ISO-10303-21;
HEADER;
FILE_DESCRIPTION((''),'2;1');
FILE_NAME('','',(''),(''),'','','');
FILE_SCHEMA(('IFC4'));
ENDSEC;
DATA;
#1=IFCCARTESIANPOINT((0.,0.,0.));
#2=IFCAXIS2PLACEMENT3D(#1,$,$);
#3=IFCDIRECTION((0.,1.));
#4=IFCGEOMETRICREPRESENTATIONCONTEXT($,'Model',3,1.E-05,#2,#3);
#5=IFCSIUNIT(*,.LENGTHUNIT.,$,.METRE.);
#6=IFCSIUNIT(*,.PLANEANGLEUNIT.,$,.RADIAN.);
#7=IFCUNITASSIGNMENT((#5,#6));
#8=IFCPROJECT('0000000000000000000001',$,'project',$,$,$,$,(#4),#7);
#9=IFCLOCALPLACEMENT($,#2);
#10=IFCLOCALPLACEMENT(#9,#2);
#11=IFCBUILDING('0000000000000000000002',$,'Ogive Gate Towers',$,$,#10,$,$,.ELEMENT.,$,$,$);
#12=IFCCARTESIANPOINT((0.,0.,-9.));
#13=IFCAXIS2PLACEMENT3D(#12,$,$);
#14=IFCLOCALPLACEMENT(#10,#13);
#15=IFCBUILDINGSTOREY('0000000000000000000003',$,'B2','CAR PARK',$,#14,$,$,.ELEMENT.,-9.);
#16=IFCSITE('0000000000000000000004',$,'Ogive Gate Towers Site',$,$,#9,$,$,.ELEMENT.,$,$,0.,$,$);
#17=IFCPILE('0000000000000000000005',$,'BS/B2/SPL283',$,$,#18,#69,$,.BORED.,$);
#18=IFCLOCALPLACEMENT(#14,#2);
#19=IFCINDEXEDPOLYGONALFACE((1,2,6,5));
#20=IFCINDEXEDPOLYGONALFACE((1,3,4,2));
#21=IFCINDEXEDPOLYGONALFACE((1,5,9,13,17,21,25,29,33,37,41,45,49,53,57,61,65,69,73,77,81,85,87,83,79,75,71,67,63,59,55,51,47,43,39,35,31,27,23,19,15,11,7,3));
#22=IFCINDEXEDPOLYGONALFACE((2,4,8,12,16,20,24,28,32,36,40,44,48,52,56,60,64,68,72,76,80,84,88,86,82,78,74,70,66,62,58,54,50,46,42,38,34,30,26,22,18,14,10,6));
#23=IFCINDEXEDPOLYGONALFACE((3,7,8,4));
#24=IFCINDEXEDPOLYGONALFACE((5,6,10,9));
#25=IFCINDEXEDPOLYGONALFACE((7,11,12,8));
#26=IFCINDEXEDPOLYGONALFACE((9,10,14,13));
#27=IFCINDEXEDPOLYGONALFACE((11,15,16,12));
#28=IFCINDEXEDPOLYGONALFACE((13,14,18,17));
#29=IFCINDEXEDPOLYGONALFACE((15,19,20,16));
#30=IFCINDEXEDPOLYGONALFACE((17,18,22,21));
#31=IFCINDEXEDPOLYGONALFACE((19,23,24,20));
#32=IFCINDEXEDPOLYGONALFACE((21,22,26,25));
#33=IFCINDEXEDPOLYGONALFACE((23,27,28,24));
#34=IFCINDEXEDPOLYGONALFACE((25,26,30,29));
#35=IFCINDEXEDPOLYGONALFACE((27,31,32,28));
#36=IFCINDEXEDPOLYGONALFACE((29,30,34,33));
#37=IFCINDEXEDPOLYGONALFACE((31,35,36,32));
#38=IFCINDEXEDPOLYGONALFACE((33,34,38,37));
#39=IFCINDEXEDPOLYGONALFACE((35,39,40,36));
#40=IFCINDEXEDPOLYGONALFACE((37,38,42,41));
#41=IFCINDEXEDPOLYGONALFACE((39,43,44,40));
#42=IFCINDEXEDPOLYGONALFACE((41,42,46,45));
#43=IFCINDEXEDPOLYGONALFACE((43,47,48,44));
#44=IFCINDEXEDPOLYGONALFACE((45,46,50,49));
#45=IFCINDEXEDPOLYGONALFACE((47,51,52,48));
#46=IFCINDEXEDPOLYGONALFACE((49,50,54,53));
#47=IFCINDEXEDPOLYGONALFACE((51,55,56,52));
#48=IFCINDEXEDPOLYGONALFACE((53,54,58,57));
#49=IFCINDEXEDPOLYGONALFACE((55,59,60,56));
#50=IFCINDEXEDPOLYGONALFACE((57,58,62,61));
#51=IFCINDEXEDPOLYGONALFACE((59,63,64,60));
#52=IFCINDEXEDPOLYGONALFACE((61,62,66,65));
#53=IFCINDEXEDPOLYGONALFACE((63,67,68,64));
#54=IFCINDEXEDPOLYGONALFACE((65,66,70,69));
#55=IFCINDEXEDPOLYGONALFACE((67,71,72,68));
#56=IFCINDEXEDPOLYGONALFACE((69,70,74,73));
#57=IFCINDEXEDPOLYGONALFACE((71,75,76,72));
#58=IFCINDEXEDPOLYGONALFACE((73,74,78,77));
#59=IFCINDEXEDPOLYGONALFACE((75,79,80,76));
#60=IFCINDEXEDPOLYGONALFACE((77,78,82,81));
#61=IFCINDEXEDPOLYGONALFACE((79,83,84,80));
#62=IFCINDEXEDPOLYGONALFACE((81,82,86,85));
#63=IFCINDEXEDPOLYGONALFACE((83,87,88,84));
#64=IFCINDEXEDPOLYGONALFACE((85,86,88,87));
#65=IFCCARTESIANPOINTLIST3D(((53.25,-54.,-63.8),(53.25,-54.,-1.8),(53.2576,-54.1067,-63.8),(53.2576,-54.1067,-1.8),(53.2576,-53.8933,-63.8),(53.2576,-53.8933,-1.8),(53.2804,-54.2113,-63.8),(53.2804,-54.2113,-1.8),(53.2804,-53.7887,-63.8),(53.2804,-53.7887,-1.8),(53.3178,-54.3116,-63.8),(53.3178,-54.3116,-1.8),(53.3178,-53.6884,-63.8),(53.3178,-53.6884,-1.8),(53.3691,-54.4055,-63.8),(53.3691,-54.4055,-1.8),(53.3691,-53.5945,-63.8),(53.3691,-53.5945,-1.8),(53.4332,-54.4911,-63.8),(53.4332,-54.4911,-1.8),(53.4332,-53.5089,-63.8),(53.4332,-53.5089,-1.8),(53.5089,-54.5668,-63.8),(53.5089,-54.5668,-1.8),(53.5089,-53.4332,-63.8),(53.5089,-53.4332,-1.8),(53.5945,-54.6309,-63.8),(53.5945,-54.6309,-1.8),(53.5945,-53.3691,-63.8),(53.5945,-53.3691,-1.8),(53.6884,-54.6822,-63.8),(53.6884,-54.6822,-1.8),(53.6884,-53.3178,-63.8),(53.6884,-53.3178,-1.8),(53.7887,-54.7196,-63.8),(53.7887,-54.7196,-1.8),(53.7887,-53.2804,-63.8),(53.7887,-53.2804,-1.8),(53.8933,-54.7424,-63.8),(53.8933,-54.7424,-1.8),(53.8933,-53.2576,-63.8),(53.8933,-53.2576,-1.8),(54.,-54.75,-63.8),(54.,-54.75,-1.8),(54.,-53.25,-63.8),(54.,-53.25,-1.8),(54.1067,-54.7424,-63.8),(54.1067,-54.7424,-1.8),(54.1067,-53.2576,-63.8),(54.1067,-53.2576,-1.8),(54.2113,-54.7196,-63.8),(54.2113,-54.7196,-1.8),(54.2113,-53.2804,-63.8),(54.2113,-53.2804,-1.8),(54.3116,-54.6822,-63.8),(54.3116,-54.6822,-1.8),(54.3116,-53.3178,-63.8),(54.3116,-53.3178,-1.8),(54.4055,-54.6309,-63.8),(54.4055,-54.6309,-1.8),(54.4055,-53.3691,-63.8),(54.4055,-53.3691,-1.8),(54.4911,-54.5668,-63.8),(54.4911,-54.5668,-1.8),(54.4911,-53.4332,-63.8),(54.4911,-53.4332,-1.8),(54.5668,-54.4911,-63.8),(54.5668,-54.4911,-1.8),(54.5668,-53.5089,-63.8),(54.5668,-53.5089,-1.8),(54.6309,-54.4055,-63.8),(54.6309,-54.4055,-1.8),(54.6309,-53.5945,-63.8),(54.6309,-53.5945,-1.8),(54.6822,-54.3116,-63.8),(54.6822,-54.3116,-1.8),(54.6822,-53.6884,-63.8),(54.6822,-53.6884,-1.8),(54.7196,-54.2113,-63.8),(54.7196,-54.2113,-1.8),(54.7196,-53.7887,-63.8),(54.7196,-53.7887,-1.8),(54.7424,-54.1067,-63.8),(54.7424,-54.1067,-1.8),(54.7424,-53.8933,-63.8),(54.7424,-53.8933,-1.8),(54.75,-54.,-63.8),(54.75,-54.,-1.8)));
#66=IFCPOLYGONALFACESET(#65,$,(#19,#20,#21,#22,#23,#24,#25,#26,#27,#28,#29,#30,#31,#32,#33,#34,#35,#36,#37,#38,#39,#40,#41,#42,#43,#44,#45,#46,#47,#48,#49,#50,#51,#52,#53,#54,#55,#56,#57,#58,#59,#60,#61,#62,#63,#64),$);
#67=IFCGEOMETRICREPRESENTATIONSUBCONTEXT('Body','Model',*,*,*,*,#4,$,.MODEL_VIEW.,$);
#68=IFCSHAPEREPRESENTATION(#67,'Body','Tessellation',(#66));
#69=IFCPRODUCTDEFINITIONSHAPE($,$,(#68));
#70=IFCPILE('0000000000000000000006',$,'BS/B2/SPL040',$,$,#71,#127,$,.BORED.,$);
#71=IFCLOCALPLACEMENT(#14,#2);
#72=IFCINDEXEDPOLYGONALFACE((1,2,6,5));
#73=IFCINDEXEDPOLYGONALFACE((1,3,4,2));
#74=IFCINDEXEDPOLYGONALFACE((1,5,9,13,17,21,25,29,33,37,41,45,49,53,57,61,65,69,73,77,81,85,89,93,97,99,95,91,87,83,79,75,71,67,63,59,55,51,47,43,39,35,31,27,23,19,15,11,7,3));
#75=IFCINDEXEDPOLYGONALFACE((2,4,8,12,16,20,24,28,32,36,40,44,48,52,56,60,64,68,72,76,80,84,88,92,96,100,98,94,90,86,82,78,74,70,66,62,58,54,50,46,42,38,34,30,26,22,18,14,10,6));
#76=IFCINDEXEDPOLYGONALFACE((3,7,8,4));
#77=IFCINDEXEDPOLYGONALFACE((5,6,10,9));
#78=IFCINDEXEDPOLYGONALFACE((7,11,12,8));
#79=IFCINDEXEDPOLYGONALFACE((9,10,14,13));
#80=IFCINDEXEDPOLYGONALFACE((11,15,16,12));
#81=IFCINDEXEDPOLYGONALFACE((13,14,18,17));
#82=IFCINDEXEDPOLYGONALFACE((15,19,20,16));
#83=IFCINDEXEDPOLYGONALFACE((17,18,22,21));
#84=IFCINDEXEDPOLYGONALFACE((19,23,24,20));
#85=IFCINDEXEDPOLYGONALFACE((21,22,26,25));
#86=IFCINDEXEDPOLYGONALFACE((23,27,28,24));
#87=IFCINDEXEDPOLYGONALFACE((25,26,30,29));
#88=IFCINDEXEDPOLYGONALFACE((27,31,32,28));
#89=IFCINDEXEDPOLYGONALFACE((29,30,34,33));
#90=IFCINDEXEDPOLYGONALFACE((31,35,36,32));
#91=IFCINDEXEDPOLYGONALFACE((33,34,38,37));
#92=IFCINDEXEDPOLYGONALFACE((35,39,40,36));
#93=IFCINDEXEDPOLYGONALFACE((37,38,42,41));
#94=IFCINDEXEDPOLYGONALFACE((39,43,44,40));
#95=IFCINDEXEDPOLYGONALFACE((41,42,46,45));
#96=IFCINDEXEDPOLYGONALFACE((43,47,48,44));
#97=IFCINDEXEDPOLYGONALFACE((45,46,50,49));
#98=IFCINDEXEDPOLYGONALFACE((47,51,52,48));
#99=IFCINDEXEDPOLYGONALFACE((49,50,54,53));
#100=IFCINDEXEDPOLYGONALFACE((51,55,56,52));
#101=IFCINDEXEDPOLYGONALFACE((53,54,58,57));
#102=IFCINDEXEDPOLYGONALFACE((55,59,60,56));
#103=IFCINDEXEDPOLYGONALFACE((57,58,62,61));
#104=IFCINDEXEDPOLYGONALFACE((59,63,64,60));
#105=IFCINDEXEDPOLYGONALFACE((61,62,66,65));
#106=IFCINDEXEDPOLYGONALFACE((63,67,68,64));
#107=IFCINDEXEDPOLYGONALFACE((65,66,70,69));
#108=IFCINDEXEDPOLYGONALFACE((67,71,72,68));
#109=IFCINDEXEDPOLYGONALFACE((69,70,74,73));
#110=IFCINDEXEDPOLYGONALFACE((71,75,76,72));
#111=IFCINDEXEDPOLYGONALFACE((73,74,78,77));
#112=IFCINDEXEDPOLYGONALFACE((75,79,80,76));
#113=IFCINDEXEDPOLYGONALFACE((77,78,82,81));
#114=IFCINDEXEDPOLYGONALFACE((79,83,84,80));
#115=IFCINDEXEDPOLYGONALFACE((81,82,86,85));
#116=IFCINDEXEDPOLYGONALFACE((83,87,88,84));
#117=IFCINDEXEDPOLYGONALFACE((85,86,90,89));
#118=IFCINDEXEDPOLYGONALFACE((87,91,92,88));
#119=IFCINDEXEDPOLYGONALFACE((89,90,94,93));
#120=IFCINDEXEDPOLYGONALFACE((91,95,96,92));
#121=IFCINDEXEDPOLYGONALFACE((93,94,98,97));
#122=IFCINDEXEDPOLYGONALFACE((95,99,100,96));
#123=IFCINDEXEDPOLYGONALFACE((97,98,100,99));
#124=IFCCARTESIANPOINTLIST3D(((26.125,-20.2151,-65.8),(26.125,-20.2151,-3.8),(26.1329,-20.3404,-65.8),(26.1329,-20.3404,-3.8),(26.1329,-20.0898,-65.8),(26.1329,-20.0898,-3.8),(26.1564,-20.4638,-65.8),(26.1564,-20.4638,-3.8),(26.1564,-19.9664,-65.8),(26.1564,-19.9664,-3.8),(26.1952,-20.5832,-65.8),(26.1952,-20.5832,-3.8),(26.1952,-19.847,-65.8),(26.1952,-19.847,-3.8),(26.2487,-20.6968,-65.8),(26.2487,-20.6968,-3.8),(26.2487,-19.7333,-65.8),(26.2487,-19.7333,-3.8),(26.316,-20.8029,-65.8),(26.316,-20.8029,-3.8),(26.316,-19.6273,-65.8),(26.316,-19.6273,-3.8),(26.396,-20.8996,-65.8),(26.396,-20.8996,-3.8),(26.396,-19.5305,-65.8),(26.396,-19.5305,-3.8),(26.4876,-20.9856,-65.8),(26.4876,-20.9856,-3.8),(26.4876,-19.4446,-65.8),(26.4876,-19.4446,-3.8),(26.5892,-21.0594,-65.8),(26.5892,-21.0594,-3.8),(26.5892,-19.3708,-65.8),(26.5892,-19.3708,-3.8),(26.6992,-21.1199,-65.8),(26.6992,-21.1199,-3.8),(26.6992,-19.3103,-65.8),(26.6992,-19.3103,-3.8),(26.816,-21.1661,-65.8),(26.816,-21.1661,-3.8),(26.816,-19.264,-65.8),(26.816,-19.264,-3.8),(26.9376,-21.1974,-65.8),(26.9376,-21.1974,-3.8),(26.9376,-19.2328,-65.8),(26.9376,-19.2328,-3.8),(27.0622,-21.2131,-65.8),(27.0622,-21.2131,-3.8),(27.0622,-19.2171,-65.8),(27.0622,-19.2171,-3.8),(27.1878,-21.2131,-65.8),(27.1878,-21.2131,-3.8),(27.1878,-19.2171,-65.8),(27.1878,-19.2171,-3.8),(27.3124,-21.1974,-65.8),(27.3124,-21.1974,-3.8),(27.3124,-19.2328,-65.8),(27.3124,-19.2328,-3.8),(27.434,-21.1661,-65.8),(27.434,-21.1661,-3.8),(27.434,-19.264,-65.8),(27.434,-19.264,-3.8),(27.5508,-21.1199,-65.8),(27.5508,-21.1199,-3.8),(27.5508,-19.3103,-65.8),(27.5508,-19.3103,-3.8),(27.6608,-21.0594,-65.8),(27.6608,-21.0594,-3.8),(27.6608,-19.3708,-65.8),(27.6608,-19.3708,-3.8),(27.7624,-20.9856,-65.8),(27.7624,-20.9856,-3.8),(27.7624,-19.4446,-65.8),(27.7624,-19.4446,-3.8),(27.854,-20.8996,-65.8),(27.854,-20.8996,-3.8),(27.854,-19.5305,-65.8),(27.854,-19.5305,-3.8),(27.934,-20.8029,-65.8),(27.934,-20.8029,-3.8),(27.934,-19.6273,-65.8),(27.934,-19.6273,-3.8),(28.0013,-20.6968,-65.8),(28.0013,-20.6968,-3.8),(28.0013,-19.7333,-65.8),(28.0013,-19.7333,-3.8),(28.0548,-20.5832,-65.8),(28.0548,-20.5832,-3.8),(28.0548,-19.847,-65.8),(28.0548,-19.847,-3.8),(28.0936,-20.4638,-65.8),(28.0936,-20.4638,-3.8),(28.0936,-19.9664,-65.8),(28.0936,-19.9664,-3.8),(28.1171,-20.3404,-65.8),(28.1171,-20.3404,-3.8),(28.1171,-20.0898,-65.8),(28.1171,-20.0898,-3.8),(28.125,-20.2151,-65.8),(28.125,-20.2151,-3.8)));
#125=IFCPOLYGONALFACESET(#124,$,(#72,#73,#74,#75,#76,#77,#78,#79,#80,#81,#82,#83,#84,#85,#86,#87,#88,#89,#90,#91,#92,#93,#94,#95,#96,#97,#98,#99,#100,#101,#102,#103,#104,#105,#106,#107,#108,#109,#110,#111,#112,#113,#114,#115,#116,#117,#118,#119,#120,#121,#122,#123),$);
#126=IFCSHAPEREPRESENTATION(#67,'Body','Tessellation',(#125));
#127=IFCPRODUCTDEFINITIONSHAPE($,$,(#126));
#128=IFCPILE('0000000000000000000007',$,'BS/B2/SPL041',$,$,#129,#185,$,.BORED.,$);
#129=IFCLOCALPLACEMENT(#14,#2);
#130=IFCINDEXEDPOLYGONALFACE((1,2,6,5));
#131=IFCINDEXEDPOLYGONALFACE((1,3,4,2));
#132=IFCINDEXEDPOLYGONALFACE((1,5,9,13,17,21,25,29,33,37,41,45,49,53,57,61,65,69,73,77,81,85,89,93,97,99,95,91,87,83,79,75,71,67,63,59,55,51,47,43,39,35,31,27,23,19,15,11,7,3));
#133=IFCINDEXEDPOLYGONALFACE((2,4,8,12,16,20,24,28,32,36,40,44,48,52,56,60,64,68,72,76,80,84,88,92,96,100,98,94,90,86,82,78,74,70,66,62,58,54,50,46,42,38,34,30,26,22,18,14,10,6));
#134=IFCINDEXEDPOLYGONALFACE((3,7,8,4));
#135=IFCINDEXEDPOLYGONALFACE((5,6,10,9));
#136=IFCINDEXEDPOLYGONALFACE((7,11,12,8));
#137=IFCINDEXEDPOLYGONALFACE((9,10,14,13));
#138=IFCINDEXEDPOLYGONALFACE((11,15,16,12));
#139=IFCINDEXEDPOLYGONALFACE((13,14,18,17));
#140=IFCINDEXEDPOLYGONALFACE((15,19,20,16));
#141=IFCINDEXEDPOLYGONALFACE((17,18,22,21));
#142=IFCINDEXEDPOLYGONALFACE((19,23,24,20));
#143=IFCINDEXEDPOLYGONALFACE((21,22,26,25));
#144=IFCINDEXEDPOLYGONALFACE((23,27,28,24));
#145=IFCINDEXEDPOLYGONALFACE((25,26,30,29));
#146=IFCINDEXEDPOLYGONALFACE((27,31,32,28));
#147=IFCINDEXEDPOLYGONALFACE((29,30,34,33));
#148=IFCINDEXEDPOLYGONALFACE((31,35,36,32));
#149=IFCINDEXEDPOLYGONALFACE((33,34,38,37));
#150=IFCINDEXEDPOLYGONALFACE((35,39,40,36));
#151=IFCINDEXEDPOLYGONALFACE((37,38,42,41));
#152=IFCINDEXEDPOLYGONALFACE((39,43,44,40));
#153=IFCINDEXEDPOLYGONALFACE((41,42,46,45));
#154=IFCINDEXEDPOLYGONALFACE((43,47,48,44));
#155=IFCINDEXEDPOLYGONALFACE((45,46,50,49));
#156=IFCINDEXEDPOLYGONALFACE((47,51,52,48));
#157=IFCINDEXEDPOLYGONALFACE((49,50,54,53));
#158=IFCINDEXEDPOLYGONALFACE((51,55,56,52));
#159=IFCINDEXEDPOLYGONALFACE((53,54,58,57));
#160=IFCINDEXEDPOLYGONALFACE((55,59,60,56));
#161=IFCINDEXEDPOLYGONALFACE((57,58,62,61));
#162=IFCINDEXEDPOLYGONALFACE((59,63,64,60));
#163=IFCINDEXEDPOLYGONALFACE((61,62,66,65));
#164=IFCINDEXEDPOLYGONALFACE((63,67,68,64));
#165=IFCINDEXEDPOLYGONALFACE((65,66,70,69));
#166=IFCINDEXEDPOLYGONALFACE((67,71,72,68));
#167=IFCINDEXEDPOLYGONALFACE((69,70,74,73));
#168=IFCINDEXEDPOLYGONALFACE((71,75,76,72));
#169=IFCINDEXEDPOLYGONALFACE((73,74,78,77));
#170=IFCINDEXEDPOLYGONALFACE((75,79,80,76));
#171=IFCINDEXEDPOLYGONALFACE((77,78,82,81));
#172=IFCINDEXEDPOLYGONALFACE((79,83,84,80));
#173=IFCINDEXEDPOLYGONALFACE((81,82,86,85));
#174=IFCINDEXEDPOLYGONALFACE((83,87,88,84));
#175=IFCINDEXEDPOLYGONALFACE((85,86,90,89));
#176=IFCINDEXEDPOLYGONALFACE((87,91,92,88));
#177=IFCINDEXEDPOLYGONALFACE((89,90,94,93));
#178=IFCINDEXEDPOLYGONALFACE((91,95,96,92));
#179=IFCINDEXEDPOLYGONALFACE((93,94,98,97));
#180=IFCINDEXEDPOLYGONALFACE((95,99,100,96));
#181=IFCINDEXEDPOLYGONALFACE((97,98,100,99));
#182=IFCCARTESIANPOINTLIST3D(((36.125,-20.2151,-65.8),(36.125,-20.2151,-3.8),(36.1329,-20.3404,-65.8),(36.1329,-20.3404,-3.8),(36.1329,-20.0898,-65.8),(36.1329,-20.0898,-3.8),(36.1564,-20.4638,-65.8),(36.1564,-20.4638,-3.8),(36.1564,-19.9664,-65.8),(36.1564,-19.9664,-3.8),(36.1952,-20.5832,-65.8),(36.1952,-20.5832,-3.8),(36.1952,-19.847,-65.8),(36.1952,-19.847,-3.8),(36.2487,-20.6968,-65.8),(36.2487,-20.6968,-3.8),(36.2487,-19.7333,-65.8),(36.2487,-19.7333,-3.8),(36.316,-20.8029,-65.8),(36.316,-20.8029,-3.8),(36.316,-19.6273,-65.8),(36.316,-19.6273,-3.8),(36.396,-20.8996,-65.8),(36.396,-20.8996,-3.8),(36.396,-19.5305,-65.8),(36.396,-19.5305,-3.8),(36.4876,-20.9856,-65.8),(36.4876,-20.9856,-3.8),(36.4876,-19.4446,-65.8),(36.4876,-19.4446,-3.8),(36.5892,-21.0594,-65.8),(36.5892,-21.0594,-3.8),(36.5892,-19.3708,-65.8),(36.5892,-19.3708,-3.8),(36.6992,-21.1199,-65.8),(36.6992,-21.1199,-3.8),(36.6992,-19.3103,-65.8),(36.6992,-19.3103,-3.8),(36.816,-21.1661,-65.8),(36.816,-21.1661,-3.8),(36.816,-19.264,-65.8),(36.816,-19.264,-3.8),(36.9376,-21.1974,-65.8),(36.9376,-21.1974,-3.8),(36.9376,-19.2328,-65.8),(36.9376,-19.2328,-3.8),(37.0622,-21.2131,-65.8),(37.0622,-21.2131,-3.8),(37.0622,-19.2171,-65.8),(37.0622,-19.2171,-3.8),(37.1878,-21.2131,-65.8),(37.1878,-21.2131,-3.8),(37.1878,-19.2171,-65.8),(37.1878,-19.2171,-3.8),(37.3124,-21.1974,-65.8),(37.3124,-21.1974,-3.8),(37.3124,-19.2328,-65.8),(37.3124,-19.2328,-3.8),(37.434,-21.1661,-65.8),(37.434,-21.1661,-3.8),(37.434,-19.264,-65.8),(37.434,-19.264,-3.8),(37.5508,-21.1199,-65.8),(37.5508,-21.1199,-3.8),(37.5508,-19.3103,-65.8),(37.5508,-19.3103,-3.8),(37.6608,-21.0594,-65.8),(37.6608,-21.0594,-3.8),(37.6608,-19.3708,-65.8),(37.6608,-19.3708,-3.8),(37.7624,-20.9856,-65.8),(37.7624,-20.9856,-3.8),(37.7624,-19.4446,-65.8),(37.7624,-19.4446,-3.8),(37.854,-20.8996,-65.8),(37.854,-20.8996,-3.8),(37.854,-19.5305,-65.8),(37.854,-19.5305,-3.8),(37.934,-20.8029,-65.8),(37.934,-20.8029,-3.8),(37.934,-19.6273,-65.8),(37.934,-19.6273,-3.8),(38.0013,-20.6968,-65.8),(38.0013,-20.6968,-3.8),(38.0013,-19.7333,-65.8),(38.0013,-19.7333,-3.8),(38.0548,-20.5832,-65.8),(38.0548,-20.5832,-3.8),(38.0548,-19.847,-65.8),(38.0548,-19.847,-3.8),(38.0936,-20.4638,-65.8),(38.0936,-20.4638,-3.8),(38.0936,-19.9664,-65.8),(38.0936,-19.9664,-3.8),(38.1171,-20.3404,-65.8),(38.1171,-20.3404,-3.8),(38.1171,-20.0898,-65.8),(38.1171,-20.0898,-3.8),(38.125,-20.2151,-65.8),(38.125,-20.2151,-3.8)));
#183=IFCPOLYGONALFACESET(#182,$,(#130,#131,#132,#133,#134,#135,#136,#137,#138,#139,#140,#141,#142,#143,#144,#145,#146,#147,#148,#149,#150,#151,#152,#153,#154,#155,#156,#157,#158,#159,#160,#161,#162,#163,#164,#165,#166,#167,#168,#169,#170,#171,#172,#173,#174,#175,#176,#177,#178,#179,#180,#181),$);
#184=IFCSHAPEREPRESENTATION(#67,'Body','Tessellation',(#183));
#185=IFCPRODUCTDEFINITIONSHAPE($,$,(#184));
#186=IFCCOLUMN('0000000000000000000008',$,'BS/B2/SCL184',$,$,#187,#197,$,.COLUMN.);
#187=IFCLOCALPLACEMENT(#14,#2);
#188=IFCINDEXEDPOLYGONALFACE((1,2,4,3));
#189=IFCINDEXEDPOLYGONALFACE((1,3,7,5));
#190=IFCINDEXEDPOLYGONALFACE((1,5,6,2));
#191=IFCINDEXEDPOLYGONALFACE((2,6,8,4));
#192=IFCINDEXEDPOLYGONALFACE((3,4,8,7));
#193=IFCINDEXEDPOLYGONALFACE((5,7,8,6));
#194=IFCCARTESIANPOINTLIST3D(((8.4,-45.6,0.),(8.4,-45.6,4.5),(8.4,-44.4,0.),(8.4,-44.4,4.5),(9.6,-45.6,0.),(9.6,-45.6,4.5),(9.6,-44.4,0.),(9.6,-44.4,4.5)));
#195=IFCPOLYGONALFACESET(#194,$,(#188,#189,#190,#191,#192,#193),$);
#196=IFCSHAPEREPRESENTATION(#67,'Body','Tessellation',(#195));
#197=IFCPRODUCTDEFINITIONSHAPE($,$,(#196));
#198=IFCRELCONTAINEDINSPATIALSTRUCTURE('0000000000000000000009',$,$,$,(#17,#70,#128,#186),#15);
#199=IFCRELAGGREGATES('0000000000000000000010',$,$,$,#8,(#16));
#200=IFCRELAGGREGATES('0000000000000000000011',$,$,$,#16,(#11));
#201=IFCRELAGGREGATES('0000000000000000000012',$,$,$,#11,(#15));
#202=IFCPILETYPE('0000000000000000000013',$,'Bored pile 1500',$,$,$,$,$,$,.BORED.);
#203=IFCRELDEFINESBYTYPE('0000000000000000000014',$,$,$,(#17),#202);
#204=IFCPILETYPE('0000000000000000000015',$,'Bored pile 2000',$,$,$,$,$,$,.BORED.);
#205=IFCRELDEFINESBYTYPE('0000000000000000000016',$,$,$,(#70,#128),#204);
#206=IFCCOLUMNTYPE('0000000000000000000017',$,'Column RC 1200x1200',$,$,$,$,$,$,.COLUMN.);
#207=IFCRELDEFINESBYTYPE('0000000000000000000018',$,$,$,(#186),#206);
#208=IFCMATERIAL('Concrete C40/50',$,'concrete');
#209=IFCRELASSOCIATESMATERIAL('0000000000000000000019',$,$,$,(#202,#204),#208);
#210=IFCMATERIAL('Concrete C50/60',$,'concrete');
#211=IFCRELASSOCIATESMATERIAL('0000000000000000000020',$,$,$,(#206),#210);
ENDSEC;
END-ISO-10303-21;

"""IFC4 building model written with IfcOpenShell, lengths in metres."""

from ifc_helpers import new_model, si_unit, direction, frame, origin, origin_2d, place, context, subcontext, project, spatial, rectangle, circle, extrude, material, material_profile, profile_set, type_object, element, save


model = new_model("IFC4")

# Units and contexts
model_context = context("Model", 3, precision=1e-05, world=origin(), true_north=direction((0.0, 1.0)))
body_context = subcontext(model_context, "Body", "Model", "MODEL_VIEW")
ifc_project = project(units=[si_unit("LENGTHUNIT", "METRE"), si_unit("PLANEANGLEUNIT", "RADIAN")], contexts=[model_context])

# Site, building, storey
site_placement = place(None, origin())
site = spatial("IfcSite", under=ifc_project, at=site_placement, Name="Ogive Gate Towers Site", CompositionType="ELEMENT", RefElevation=0.0)
building_placement = place(site_placement, origin())
building = spatial("IfcBuilding", under=site, at=building_placement, Name="Ogive Gate Towers", CompositionType="ELEMENT")
storey_placement = place(building_placement, frame((0.0, 0.0, -9.0)))
storey = spatial("IfcBuildingStorey", under=building, at=storey_placement, Name="B2", Description="CAR PARK", CompositionType="ELEMENT", Elevation=-9.0)

# Piles
ifc_material_1 = material(Name="Concrete C40/50", Category="concrete")
ifc_material_profile_1 = material_profile(ifc_material_1, circle(Radius=0.75, at=origin_2d()), Name="BP 1500")
ifc_profile_set_1 = profile_set([ifc_material_profile_1], Name="Concrete C40/50")
pile_type_1 = type_object("IfcPileType", Name="Bored pile 1500", PredefinedType="BORED", material=ifc_profile_set_1)
for number, where, z_axis, x_axis, name in (
    (1, (54.0, -54.0, -1.8), (0.0, 0.0, -1.0), (1.0, 0.0, 0.0), "BS/B2/SPL283"),
):
    element("IfcPile", number, at=place(storey_placement, frame(where, z_axis=z_axis, x_axis=x_axis)), inside=storey, type_object=pile_type_1, Name=name, PredefinedType="BORED", context=body_context, shape_type="SweptSolid", body=[
        extrude(circle(Radius=0.75, at=origin_2d()), origin(), (0.0, 0.0, 1.0), 62.0),
    ])
ifc_material_profile_2 = material_profile(ifc_material_1, circle(Radius=1.0, at=origin_2d()), Name="BP 2000")
ifc_profile_set_2 = profile_set([ifc_material_profile_2], Name="Concrete C40/50")
pile_type_2 = type_object("IfcPileType", Name="Bored pile 2000", PredefinedType="BORED", material=ifc_profile_set_2)
for number, where, z_axis, x_axis, name in (
    (2, (27.125, -20.2151, -3.8), (0.0, 0.0, -1.0), (1.0, 0.0, 0.0), "BS/B2/SPL040"),
    (3, (37.125, -20.2151, -3.8), (0.0, 0.0, -1.0), (1.0, 0.0, 0.0), "BS/B2/SPL041"),
):
    element("IfcPile", number, at=place(storey_placement, frame(where, z_axis=z_axis, x_axis=x_axis)), inside=storey, type_object=pile_type_2, Name=name, PredefinedType="BORED", context=body_context, shape_type="SweptSolid", body=[
        extrude(circle(Radius=1.0, at=origin_2d()), origin(), (0.0, 0.0, 1.0), 62.0),
    ])

# Column
ifc_material_2 = material(Name="Concrete C50/60", Category="concrete")
ifc_material_profile_3 = material_profile(ifc_material_2, rectangle(XDim=1.2, YDim=1.2, at=origin_2d()), Name="RC 1200x1200")
ifc_profile_set_3 = profile_set([ifc_material_profile_3], Name="Concrete C50/60")
column_type_1 = type_object("IfcColumnType", Name="Column RC 1200x1200", PredefinedType="COLUMN", material=ifc_profile_set_3)
for number, where, z_axis, x_axis, name in (
    (4, (9.0, -45.0, 0.0), (0.0, 0.0, 1.0), (1.0, 0.0, 0.0), "BS/B2/SCL184"),
):
    element("IfcColumn", number, at=place(storey_placement, frame(where, z_axis=z_axis, x_axis=x_axis)), inside=storey, type_object=column_type_1, Name=name, PredefinedType="COLUMN", context=body_context, shape_type="SweptSolid", body=[
        extrude(rectangle(XDim=1.2, YDim=1.2, at=origin_2d()), origin(), (0.0, 0.0, 1.0), 4.5),
    ])

save(model, "model.ifc")
